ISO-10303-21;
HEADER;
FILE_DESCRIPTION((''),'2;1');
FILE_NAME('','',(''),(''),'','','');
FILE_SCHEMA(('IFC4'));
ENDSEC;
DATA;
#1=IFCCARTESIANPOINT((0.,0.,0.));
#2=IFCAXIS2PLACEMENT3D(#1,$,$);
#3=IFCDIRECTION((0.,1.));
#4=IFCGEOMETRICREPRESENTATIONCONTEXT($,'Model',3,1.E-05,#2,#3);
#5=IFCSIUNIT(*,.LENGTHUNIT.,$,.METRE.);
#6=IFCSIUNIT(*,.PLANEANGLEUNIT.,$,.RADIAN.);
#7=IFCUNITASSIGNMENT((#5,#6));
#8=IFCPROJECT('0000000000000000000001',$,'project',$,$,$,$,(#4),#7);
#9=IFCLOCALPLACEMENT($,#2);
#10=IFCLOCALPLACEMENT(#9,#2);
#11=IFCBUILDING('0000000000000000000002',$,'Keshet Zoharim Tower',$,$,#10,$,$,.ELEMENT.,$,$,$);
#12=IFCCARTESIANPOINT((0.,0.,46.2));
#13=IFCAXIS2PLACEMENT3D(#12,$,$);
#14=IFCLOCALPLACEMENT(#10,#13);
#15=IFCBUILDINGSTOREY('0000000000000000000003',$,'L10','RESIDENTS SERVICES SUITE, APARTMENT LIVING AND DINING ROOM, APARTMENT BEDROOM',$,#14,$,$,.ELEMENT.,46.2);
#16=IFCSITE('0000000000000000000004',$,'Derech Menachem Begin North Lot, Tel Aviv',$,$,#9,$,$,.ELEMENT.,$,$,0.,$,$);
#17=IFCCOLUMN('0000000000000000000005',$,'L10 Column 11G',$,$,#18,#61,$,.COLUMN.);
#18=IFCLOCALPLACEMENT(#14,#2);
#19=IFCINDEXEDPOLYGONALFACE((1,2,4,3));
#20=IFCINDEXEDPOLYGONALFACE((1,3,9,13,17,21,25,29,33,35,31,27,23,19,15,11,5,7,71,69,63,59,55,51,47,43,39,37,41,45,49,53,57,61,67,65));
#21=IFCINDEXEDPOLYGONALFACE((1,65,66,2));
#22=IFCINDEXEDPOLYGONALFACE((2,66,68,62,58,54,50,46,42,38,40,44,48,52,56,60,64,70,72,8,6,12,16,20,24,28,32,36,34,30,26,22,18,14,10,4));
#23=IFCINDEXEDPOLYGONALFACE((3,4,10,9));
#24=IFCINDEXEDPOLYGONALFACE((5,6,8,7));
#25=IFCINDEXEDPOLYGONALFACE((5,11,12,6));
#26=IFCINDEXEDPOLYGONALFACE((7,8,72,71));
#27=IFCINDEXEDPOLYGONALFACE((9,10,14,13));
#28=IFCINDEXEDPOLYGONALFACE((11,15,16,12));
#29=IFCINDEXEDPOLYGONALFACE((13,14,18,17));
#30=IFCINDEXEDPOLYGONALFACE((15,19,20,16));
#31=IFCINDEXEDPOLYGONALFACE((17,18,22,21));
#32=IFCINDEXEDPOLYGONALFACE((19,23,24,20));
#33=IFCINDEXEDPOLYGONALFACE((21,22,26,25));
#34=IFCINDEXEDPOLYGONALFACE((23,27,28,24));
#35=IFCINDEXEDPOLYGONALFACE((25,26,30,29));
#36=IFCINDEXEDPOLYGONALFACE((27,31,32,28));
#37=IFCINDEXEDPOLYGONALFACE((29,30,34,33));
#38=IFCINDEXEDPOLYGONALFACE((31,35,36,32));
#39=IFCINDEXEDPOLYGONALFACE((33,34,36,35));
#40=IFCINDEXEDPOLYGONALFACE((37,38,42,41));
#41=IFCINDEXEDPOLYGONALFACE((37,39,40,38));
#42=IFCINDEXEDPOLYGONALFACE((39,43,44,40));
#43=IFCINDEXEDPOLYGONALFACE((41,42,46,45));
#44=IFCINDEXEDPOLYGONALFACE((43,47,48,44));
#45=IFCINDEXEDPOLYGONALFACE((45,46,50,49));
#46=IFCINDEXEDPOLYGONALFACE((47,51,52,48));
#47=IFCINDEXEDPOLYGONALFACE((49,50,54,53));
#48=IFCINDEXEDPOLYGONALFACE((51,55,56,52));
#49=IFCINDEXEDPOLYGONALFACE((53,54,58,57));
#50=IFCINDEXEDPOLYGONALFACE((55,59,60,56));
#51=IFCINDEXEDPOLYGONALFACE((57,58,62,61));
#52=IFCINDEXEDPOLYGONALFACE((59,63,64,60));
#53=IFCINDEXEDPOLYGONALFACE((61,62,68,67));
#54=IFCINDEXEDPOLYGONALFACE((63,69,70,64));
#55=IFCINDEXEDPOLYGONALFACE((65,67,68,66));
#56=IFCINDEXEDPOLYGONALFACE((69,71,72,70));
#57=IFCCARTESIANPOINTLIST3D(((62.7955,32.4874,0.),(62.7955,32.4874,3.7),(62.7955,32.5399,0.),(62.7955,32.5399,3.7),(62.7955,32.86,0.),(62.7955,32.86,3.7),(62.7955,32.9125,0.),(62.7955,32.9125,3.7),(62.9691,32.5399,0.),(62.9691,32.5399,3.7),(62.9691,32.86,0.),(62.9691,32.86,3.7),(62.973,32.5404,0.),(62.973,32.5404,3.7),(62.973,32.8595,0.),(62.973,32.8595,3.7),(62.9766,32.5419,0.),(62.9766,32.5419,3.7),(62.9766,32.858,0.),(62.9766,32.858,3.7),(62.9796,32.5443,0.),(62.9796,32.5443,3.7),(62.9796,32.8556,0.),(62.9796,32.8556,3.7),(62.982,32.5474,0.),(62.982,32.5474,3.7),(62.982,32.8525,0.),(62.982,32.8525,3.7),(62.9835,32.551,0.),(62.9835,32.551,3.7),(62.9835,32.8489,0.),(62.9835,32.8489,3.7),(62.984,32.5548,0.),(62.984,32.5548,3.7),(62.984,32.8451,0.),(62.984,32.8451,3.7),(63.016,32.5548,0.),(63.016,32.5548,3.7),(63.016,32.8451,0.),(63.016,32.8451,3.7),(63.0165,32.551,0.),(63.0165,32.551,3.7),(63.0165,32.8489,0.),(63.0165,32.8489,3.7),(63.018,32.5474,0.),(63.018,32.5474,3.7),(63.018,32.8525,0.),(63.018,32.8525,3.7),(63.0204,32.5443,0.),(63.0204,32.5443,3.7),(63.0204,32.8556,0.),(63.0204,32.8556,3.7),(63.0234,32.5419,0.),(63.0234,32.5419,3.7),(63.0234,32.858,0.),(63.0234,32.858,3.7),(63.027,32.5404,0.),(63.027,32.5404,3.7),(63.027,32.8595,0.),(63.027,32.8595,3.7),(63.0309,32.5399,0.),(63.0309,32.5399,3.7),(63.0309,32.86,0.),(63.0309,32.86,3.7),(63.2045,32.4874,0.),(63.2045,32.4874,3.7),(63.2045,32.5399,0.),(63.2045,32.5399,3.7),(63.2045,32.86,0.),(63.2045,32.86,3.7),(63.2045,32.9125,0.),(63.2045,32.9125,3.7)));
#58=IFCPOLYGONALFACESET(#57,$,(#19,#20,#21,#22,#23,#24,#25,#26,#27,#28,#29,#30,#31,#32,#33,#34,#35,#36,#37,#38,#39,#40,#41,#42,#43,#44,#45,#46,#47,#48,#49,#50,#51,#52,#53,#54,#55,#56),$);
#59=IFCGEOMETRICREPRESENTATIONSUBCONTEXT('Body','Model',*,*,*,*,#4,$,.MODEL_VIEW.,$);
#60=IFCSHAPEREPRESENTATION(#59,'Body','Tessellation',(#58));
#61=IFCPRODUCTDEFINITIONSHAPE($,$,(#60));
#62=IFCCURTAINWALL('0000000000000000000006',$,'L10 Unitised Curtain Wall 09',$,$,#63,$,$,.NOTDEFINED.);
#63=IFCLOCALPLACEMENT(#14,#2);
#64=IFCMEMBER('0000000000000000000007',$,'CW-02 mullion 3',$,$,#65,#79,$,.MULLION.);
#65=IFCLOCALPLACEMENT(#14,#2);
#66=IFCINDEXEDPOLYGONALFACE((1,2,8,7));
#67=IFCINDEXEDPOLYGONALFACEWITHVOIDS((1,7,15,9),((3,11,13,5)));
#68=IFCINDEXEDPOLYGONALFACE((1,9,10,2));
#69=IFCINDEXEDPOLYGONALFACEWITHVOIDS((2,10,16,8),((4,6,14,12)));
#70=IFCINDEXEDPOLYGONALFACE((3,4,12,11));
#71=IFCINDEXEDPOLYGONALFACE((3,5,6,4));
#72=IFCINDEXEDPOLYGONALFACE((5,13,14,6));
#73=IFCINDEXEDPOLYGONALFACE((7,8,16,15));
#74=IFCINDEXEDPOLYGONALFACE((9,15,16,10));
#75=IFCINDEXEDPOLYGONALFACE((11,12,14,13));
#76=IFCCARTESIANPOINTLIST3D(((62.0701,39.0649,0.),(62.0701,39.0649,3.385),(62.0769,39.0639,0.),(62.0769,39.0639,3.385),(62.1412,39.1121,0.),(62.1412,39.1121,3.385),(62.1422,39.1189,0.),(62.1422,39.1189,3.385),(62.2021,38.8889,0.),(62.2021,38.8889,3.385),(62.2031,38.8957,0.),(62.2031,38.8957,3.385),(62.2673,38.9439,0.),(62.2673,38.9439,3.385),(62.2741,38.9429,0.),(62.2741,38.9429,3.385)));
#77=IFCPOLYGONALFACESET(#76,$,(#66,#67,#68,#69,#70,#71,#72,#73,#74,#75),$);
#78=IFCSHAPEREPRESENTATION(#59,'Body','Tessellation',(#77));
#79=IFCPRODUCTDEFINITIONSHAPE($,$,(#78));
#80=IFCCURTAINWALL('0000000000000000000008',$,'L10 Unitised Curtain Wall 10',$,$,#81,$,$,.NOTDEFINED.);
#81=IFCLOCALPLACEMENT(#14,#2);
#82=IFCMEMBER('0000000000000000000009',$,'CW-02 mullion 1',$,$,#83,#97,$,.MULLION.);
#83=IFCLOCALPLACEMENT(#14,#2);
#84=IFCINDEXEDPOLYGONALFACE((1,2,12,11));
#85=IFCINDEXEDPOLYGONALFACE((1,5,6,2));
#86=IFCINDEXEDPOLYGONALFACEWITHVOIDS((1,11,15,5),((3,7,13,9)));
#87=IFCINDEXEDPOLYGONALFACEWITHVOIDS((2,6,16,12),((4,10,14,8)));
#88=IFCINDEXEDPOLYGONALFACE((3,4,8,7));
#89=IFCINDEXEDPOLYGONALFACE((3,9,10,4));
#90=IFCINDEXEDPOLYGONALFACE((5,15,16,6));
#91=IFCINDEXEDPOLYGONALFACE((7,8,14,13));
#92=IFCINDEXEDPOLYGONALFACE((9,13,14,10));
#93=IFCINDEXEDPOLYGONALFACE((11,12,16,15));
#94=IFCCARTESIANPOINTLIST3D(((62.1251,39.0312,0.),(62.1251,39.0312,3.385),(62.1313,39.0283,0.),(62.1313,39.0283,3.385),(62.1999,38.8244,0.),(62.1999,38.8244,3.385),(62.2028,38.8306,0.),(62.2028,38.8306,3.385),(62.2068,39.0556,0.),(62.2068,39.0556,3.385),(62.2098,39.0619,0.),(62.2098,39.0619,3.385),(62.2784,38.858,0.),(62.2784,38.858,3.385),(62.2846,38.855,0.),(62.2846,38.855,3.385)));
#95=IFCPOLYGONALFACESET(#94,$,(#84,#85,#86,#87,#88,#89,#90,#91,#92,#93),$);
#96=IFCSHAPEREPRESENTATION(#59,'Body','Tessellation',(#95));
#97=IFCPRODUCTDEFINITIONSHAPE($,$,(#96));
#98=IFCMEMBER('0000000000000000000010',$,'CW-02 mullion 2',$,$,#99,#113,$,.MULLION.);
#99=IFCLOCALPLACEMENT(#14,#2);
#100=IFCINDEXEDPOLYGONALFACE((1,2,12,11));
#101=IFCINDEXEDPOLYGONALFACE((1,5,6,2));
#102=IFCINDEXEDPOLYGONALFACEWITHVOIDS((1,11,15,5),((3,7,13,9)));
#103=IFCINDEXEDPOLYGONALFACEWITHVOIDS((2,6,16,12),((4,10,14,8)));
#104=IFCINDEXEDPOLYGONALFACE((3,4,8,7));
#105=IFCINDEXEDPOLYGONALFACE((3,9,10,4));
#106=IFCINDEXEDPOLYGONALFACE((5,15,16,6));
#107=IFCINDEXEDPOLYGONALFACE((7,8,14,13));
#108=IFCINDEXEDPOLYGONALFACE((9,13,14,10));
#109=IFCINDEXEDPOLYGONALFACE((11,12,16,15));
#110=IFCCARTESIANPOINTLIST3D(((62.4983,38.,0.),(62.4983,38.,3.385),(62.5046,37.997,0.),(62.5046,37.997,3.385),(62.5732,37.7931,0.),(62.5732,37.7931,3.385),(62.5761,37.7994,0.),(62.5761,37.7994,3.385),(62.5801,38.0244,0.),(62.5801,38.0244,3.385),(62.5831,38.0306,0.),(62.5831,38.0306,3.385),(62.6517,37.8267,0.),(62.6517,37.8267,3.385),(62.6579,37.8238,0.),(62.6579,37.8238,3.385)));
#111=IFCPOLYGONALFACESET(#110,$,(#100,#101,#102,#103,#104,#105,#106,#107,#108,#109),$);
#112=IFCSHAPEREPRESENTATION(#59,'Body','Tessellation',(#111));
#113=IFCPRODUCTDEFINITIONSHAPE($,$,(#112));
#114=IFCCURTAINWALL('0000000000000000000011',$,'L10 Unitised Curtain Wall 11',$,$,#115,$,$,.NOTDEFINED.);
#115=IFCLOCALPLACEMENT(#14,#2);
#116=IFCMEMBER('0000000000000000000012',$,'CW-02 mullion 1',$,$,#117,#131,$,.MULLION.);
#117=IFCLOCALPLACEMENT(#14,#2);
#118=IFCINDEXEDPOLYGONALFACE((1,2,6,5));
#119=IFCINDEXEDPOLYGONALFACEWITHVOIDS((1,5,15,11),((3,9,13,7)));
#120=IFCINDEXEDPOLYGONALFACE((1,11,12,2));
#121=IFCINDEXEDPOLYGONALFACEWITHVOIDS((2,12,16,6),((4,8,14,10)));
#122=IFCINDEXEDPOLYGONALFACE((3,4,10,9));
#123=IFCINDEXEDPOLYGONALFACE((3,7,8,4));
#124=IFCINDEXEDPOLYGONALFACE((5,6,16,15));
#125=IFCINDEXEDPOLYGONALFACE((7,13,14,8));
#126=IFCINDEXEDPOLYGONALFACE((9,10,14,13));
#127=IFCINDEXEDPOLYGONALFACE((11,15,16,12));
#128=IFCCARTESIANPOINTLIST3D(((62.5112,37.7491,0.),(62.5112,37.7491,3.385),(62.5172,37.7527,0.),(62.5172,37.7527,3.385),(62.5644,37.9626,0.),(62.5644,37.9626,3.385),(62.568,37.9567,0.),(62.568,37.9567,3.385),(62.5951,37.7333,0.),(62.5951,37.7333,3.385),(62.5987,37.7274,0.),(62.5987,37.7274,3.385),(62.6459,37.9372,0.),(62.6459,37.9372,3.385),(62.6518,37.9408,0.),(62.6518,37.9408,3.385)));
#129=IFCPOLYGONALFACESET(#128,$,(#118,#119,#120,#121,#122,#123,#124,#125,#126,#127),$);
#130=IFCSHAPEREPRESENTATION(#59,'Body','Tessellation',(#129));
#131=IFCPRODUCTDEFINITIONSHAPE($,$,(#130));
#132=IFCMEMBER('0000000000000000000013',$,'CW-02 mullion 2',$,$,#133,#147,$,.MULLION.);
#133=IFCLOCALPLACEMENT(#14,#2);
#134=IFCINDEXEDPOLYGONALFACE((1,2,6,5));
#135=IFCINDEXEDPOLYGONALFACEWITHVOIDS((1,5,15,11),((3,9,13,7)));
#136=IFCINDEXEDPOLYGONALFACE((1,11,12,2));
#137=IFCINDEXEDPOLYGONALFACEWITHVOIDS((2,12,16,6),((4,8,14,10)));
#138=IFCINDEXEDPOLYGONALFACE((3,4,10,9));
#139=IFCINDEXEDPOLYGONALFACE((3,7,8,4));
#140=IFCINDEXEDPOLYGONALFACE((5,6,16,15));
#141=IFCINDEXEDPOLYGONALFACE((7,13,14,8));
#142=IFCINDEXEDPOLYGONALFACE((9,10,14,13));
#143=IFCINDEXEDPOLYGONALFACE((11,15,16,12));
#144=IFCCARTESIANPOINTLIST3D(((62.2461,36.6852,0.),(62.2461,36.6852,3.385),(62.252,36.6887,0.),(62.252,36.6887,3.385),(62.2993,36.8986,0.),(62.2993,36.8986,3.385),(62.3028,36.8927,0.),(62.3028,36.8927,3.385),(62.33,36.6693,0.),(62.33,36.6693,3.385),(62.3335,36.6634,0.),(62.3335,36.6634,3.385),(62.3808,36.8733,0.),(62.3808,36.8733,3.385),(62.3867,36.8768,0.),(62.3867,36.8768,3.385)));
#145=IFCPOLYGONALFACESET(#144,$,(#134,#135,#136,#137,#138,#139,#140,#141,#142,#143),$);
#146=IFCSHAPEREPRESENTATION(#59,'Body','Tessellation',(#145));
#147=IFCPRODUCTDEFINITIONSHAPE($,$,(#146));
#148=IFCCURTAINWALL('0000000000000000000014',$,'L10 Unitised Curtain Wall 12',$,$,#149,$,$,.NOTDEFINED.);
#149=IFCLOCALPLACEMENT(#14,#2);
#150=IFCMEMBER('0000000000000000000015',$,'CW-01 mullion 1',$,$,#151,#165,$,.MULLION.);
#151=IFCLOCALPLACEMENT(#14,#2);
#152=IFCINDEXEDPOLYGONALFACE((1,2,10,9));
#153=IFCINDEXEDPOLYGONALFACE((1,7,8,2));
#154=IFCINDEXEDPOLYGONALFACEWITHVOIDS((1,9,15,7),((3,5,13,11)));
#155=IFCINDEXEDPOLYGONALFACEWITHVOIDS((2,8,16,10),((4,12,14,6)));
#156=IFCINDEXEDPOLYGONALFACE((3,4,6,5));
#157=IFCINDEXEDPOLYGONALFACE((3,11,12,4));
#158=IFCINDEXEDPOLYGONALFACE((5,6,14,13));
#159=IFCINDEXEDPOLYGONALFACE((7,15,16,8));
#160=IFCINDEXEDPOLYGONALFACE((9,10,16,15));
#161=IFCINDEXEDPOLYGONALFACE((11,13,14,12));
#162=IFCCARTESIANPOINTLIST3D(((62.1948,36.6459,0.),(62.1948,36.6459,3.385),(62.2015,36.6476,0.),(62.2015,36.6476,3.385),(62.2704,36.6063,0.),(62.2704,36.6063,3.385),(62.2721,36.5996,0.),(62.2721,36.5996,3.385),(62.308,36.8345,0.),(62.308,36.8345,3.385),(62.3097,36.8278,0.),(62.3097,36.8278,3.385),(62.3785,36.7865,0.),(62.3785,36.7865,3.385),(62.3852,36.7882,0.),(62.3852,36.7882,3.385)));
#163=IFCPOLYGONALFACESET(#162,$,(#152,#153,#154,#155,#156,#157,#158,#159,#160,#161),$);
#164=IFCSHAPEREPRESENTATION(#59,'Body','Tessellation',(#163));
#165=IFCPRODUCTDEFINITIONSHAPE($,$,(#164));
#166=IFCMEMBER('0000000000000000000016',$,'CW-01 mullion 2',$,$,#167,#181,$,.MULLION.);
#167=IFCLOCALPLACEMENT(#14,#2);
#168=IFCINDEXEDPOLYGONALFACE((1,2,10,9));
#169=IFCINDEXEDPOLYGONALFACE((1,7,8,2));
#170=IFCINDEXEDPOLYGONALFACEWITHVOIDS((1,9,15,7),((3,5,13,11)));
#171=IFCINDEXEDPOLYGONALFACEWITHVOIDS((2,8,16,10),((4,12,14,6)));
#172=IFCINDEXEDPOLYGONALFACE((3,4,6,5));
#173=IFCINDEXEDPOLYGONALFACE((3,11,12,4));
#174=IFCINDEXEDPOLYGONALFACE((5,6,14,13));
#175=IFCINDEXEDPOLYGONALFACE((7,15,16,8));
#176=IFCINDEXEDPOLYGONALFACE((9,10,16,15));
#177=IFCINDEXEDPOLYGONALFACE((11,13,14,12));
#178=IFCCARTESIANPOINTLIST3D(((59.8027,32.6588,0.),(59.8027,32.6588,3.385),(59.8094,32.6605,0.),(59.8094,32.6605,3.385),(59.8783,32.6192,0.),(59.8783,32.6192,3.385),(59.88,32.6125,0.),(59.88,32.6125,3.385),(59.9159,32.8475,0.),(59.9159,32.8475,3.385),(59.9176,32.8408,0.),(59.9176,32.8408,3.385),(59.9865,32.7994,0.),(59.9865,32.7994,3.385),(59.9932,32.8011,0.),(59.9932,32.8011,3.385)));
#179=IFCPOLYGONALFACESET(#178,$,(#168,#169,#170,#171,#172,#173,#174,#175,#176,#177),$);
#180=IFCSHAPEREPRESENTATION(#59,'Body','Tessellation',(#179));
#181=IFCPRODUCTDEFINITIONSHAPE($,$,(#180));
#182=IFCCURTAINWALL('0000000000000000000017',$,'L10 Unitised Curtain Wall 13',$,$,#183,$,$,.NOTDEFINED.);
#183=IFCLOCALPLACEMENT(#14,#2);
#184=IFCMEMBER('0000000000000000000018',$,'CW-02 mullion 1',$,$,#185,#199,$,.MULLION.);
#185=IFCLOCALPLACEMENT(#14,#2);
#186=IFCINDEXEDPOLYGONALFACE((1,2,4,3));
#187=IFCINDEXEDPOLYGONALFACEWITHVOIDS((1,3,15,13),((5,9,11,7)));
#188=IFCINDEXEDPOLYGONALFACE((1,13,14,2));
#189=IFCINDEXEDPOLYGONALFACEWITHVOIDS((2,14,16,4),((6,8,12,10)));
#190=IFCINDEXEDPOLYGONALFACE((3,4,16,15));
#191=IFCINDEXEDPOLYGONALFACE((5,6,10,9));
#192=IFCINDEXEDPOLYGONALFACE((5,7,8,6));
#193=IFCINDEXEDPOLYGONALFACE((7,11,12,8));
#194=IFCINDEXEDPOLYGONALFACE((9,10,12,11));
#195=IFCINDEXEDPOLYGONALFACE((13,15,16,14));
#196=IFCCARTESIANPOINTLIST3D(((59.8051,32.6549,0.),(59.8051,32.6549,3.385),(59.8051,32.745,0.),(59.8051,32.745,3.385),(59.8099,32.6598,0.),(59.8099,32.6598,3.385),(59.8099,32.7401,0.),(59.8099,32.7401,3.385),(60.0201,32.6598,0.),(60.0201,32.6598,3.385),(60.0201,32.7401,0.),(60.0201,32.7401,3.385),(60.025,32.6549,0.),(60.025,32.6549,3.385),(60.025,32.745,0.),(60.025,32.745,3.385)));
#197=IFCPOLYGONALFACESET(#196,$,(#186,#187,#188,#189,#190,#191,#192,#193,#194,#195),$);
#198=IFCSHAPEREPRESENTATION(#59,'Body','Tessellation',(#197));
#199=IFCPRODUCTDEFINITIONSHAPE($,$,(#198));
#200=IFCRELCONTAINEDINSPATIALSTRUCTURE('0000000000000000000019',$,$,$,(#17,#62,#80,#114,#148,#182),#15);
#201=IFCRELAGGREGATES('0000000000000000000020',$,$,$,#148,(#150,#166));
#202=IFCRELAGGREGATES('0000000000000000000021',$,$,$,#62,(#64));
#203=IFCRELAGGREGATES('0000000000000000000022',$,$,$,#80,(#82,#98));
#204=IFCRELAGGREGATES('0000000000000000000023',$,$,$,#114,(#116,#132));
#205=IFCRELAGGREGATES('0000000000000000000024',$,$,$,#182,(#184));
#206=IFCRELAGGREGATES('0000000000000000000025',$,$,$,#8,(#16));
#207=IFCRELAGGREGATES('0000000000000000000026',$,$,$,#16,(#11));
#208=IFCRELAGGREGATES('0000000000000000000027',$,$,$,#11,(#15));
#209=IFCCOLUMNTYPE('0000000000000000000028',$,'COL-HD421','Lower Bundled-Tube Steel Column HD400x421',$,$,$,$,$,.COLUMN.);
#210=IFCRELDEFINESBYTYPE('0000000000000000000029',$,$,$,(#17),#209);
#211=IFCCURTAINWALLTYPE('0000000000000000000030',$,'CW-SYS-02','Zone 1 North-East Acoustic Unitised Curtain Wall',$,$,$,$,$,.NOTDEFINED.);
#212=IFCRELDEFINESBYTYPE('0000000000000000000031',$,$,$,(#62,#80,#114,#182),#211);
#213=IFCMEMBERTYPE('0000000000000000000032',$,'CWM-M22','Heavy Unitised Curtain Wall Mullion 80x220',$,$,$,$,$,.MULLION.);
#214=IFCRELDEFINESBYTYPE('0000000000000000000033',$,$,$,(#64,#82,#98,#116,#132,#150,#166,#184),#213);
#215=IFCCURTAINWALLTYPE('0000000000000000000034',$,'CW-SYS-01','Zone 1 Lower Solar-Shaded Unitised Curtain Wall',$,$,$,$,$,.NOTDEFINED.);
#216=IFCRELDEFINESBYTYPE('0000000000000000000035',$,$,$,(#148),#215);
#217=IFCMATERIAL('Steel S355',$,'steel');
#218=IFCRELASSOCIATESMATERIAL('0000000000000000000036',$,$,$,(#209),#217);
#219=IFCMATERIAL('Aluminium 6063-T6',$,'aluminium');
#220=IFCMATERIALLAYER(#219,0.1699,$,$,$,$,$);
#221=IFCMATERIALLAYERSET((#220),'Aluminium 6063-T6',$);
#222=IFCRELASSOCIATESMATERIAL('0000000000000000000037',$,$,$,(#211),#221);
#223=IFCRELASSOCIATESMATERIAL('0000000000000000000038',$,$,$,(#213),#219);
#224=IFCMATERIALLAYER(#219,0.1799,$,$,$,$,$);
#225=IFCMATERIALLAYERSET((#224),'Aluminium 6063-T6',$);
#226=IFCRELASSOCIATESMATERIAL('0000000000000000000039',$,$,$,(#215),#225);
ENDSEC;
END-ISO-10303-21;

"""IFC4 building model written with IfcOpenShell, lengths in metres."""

from ifc_helpers import new_model, si_unit, direction, frame, origin, origin_2d, place, context, subcontext, project, spatial, hollow_rectangle, i_section, extrude, material, layer, layer_set, material_profile, profile_set, type_object, element, aggregate, save


model = new_model("IFC4")

# Units and contexts
model_context = context("Model", 3, precision=1e-05, world=origin(), true_north=direction((0.0, 1.0)))
body_context = subcontext(model_context, "Body", "Model", "MODEL_VIEW")
ifc_project = project(units=[si_unit("LENGTHUNIT", "METRE"), si_unit("PLANEANGLEUNIT", "RADIAN")], contexts=[model_context])

# Site, building, storey
site_placement = place(None, origin())
site = spatial("IfcSite", under=ifc_project, at=site_placement, Name="Derech Menachem Begin North Lot, Tel Aviv", CompositionType="ELEMENT", RefElevation=0.0)
building_placement = place(site_placement, origin())
building = spatial("IfcBuilding", under=site, at=building_placement, Name="Keshet Zoharim Tower", CompositionType="ELEMENT")
storey_placement = place(building_placement, frame((0.0, 0.0, 46.2)))
storey = spatial("IfcBuildingStorey", under=building, at=storey_placement, Name="L10", Description="RESIDENTS SERVICES SUITE, APARTMENT LIVING AND DINING ROOM, APARTMENT BEDROOM", CompositionType="ELEMENT", Elevation=46.2)

# Column
ifc_material_1 = material(Name="Steel S355", Category="steel")
ifc_material_profile_1 = material_profile(ifc_material_1, i_section(OverallWidth=0.4089, OverallDepth=0.425, WebThickness=0.032, FlangeThickness=0.0525, FilletRadius=0.0149, at=origin_2d()), Name="HD400x421")
ifc_profile_set_1 = profile_set([ifc_material_profile_1], Name="Steel S355")
column_type = type_object("IfcColumnType", Name="COL-HD421", Description="Lower Bundled-Tube Steel Column HD400x421", PredefinedType="COLUMN", material=ifc_profile_set_1)
column_placement = place(storey_placement, frame((63.0, 32.7, 0.0), z_axis=(0.0, 0.0, 1.0), x_axis=(1.0, 0.0, 0.0)))
element("IfcColumn", 1, at=column_placement, inside=storey, type_object=column_type, Name="L10 Column 11G", PredefinedType="COLUMN", context=body_context, shape_type="SweptSolid", body=[
    extrude(i_section(OverallWidth=0.4089, OverallDepth=0.425, WebThickness=0.032, FlangeThickness=0.0525, FilletRadius=0.0149, at=origin_2d()), origin(), (0.0, 0.0, 1.0), 3.7),
])

# Curtain wall, member
ifc_material_2 = material(Name="Aluminium 6063-T6", Category="aluminium")
ifc_layer_1 = layer(ifc_material_2, 0.1699)
ifc_layer_set_1 = layer_set([ifc_layer_1], Name="Aluminium 6063-T6")
curtain_wall_type_1 = type_object("IfcCurtainWallType", Name="CW-SYS-02", Description="Zone 1 North-East Acoustic Unitised Curtain Wall", PredefinedType="NOTDEFINED", material=ifc_layer_set_1)
curtain_wall_1_placement = place(storey_placement, origin())
curtain_wall_1 = element("IfcCurtainWall", 2, at=curtain_wall_1_placement, inside=storey, type_object=curtain_wall_type_1, Name="L10 Unitised Curtain Wall 09", PredefinedType="NOTDEFINED")
ifc_material_profile_2 = material_profile(ifc_material_2, hollow_rectangle(XDim=0.0901, YDim=0.22, WallThickness=0.0049, at=origin_2d()), Name="MUL-90x220")
ifc_profile_set_2 = profile_set([ifc_material_profile_2], Name="Aluminium 6063-T6")
member_type_1 = type_object("IfcMemberType", Name="CWM-M22", Description="Heavy Unitised Curtain Wall Mullion 80x220", PredefinedType="MULLION", material=ifc_profile_set_2)
member_1_placement = place(storey_placement, frame((62.1721, 39.0039, 0.0), z_axis=(0.0, 0.0, 1.0), x_axis=(0.8, 0.6, 0.0)))
member_1 = element("IfcMember", 3, at=member_1_placement, type_object=member_type_1, Name="CW-02 mullion 3", PredefinedType="MULLION", context=body_context, shape_type="SweptSolid", body=[
    extrude(hollow_rectangle(XDim=0.0901, YDim=0.22, WallThickness=0.0049, at=origin_2d()), origin(), (0.0, 0.0, 1.0), 3.385),
])

# Curtain walls, members
curtain_wall_2_placement = place(storey_placement, origin())
curtain_wall_2 = element("IfcCurtainWall", 4, at=curtain_wall_2_placement, inside=storey, type_object=curtain_wall_type_1, Name="L10 Unitised Curtain Wall 10", PredefinedType="NOTDEFINED")
member_2_placement = place(storey_placement, frame((62.2048, 38.9431, 0.0), z_axis=(0.0, 0.0, 1.0), x_axis=(0.940318, 0.340297, 0.0)))
member_2 = element("IfcMember", 5, at=member_2_placement, type_object=member_type_1, Name="CW-02 mullion 1", PredefinedType="MULLION", context=body_context, shape_type="SweptSolid", body=[
    extrude(hollow_rectangle(XDim=0.0901, YDim=0.22, WallThickness=0.0049, at=origin_2d()), origin(), (0.0, 0.0, 1.0), 3.385),
])
member_3_placement = place(storey_placement, frame((62.5781, 37.9119, 0.0), z_axis=(0.0, 0.0, 1.0), x_axis=(0.940318, 0.340297, 0.0)))
member_3 = element("IfcMember", 6, at=member_3_placement, type_object=member_type_1, Name="CW-02 mullion 2", PredefinedType="MULLION", context=body_context, shape_type="SweptSolid", body=[
    extrude(hollow_rectangle(XDim=0.0901, YDim=0.22, WallThickness=0.0049, at=origin_2d()), origin(), (0.0, 0.0, 1.0), 3.385),
])
curtain_wall_3_placement = place(storey_placement, origin())
curtain_wall_3 = element("IfcCurtainWall", 7, at=curtain_wall_3_placement, inside=storey, type_object=curtain_wall_type_1, Name="L10 Unitised Curtain Wall 11", PredefinedType="NOTDEFINED")
member_4_placement = place(storey_placement, frame((62.5815, 37.845, 0.0), z_axis=(0.0, 0.0, 1.0), x_axis=(0.970344, -0.241729, 0.0)))
member_4 = element("IfcMember", 8, at=member_4_placement, type_object=member_type_1, Name="CW-02 mullion 1", PredefinedType="MULLION", context=body_context, shape_type="SweptSolid", body=[
    extrude(hollow_rectangle(XDim=0.0901, YDim=0.22, WallThickness=0.0049, at=origin_2d()), origin(), (0.0, 0.0, 1.0), 3.385),
])
member_5_placement = place(storey_placement, frame((62.3164, 36.781, 0.0), z_axis=(0.0, 0.0, 1.0), x_axis=(0.970344, -0.241729, 0.0)))
member_5 = element("IfcMember", 9, at=member_5_placement, type_object=member_type_1, Name="CW-02 mullion 2", PredefinedType="MULLION", context=body_context, shape_type="SweptSolid", body=[
    extrude(hollow_rectangle(XDim=0.0901, YDim=0.22, WallThickness=0.0049, at=origin_2d()), origin(), (0.0, 0.0, 1.0), 3.385),
])
ifc_layer_2 = layer(ifc_material_2, 0.1799)
ifc_layer_set_2 = layer_set([ifc_layer_2], Name="Aluminium 6063-T6")
curtain_wall_type_2 = type_object("IfcCurtainWallType", Name="CW-SYS-01", Description="Zone 1 Lower Solar-Shaded Unitised Curtain Wall", PredefinedType="NOTDEFINED", material=ifc_layer_set_2)
curtain_wall_4_placement = place(storey_placement, origin())
curtain_wall_4 = element("IfcCurtainWall", 10, at=curtain_wall_4_placement, inside=storey, type_object=curtain_wall_type_2, Name="L10 Unitised Curtain Wall 12", PredefinedType="NOTDEFINED")
member_6_placement = place(storey_placement, frame((62.29, 36.717, 0.0), z_axis=(0.0, 0.0, 1.0), x_axis=(0.857512, -0.514465, 0.0)))
member_6 = element("IfcMember", 11, at=member_6_placement, type_object=member_type_1, Name="CW-01 mullion 1", PredefinedType="MULLION", context=body_context, shape_type="SweptSolid", body=[
    extrude(hollow_rectangle(XDim=0.0901, YDim=0.22, WallThickness=0.0049, at=origin_2d()), origin(), (0.0, 0.0, 1.0), 3.385),
])
member_7_placement = place(storey_placement, frame((59.8979, 32.73, 0.0), z_axis=(0.0, 0.0, 1.0), x_axis=(0.857512, -0.514465, 0.0)))
member_7 = element("IfcMember", 12, at=member_7_placement, type_object=member_type_1, Name="CW-01 mullion 2", PredefinedType="MULLION", context=body_context, shape_type="SweptSolid", body=[
    extrude(hollow_rectangle(XDim=0.0901, YDim=0.22, WallThickness=0.0049, at=origin_2d()), origin(), (0.0, 0.0, 1.0), 3.385),
])
curtain_wall_5_placement = place(storey_placement, origin())
curtain_wall_5 = element("IfcCurtainWall", 13, at=curtain_wall_5_placement, inside=storey, type_object=curtain_wall_type_1, Name="L10 Unitised Curtain Wall 13", PredefinedType="NOTDEFINED")
member_8_placement = place(storey_placement, frame((59.915, 32.7, 0.0), z_axis=(0.0, 0.0, 1.0), x_axis=(0.0, 1.0, 0.0)))
member_8 = element("IfcMember", 14, at=member_8_placement, type_object=member_type_1, Name="CW-02 mullion 1", PredefinedType="MULLION", context=body_context, shape_type="SweptSolid", body=[
    extrude(hollow_rectangle(XDim=0.0901, YDim=0.22, WallThickness=0.0049, at=origin_2d()), origin(), (0.0, 0.0, 1.0), 3.385),
])

aggregate(curtain_wall_4, [member_6, member_7])
aggregate(curtain_wall_1, [member_1])
aggregate(curtain_wall_2, [member_2, member_3])
aggregate(curtain_wall_3, [member_4, member_5])
aggregate(curtain_wall_5, [member_8])

save(model, "model.ifc")
